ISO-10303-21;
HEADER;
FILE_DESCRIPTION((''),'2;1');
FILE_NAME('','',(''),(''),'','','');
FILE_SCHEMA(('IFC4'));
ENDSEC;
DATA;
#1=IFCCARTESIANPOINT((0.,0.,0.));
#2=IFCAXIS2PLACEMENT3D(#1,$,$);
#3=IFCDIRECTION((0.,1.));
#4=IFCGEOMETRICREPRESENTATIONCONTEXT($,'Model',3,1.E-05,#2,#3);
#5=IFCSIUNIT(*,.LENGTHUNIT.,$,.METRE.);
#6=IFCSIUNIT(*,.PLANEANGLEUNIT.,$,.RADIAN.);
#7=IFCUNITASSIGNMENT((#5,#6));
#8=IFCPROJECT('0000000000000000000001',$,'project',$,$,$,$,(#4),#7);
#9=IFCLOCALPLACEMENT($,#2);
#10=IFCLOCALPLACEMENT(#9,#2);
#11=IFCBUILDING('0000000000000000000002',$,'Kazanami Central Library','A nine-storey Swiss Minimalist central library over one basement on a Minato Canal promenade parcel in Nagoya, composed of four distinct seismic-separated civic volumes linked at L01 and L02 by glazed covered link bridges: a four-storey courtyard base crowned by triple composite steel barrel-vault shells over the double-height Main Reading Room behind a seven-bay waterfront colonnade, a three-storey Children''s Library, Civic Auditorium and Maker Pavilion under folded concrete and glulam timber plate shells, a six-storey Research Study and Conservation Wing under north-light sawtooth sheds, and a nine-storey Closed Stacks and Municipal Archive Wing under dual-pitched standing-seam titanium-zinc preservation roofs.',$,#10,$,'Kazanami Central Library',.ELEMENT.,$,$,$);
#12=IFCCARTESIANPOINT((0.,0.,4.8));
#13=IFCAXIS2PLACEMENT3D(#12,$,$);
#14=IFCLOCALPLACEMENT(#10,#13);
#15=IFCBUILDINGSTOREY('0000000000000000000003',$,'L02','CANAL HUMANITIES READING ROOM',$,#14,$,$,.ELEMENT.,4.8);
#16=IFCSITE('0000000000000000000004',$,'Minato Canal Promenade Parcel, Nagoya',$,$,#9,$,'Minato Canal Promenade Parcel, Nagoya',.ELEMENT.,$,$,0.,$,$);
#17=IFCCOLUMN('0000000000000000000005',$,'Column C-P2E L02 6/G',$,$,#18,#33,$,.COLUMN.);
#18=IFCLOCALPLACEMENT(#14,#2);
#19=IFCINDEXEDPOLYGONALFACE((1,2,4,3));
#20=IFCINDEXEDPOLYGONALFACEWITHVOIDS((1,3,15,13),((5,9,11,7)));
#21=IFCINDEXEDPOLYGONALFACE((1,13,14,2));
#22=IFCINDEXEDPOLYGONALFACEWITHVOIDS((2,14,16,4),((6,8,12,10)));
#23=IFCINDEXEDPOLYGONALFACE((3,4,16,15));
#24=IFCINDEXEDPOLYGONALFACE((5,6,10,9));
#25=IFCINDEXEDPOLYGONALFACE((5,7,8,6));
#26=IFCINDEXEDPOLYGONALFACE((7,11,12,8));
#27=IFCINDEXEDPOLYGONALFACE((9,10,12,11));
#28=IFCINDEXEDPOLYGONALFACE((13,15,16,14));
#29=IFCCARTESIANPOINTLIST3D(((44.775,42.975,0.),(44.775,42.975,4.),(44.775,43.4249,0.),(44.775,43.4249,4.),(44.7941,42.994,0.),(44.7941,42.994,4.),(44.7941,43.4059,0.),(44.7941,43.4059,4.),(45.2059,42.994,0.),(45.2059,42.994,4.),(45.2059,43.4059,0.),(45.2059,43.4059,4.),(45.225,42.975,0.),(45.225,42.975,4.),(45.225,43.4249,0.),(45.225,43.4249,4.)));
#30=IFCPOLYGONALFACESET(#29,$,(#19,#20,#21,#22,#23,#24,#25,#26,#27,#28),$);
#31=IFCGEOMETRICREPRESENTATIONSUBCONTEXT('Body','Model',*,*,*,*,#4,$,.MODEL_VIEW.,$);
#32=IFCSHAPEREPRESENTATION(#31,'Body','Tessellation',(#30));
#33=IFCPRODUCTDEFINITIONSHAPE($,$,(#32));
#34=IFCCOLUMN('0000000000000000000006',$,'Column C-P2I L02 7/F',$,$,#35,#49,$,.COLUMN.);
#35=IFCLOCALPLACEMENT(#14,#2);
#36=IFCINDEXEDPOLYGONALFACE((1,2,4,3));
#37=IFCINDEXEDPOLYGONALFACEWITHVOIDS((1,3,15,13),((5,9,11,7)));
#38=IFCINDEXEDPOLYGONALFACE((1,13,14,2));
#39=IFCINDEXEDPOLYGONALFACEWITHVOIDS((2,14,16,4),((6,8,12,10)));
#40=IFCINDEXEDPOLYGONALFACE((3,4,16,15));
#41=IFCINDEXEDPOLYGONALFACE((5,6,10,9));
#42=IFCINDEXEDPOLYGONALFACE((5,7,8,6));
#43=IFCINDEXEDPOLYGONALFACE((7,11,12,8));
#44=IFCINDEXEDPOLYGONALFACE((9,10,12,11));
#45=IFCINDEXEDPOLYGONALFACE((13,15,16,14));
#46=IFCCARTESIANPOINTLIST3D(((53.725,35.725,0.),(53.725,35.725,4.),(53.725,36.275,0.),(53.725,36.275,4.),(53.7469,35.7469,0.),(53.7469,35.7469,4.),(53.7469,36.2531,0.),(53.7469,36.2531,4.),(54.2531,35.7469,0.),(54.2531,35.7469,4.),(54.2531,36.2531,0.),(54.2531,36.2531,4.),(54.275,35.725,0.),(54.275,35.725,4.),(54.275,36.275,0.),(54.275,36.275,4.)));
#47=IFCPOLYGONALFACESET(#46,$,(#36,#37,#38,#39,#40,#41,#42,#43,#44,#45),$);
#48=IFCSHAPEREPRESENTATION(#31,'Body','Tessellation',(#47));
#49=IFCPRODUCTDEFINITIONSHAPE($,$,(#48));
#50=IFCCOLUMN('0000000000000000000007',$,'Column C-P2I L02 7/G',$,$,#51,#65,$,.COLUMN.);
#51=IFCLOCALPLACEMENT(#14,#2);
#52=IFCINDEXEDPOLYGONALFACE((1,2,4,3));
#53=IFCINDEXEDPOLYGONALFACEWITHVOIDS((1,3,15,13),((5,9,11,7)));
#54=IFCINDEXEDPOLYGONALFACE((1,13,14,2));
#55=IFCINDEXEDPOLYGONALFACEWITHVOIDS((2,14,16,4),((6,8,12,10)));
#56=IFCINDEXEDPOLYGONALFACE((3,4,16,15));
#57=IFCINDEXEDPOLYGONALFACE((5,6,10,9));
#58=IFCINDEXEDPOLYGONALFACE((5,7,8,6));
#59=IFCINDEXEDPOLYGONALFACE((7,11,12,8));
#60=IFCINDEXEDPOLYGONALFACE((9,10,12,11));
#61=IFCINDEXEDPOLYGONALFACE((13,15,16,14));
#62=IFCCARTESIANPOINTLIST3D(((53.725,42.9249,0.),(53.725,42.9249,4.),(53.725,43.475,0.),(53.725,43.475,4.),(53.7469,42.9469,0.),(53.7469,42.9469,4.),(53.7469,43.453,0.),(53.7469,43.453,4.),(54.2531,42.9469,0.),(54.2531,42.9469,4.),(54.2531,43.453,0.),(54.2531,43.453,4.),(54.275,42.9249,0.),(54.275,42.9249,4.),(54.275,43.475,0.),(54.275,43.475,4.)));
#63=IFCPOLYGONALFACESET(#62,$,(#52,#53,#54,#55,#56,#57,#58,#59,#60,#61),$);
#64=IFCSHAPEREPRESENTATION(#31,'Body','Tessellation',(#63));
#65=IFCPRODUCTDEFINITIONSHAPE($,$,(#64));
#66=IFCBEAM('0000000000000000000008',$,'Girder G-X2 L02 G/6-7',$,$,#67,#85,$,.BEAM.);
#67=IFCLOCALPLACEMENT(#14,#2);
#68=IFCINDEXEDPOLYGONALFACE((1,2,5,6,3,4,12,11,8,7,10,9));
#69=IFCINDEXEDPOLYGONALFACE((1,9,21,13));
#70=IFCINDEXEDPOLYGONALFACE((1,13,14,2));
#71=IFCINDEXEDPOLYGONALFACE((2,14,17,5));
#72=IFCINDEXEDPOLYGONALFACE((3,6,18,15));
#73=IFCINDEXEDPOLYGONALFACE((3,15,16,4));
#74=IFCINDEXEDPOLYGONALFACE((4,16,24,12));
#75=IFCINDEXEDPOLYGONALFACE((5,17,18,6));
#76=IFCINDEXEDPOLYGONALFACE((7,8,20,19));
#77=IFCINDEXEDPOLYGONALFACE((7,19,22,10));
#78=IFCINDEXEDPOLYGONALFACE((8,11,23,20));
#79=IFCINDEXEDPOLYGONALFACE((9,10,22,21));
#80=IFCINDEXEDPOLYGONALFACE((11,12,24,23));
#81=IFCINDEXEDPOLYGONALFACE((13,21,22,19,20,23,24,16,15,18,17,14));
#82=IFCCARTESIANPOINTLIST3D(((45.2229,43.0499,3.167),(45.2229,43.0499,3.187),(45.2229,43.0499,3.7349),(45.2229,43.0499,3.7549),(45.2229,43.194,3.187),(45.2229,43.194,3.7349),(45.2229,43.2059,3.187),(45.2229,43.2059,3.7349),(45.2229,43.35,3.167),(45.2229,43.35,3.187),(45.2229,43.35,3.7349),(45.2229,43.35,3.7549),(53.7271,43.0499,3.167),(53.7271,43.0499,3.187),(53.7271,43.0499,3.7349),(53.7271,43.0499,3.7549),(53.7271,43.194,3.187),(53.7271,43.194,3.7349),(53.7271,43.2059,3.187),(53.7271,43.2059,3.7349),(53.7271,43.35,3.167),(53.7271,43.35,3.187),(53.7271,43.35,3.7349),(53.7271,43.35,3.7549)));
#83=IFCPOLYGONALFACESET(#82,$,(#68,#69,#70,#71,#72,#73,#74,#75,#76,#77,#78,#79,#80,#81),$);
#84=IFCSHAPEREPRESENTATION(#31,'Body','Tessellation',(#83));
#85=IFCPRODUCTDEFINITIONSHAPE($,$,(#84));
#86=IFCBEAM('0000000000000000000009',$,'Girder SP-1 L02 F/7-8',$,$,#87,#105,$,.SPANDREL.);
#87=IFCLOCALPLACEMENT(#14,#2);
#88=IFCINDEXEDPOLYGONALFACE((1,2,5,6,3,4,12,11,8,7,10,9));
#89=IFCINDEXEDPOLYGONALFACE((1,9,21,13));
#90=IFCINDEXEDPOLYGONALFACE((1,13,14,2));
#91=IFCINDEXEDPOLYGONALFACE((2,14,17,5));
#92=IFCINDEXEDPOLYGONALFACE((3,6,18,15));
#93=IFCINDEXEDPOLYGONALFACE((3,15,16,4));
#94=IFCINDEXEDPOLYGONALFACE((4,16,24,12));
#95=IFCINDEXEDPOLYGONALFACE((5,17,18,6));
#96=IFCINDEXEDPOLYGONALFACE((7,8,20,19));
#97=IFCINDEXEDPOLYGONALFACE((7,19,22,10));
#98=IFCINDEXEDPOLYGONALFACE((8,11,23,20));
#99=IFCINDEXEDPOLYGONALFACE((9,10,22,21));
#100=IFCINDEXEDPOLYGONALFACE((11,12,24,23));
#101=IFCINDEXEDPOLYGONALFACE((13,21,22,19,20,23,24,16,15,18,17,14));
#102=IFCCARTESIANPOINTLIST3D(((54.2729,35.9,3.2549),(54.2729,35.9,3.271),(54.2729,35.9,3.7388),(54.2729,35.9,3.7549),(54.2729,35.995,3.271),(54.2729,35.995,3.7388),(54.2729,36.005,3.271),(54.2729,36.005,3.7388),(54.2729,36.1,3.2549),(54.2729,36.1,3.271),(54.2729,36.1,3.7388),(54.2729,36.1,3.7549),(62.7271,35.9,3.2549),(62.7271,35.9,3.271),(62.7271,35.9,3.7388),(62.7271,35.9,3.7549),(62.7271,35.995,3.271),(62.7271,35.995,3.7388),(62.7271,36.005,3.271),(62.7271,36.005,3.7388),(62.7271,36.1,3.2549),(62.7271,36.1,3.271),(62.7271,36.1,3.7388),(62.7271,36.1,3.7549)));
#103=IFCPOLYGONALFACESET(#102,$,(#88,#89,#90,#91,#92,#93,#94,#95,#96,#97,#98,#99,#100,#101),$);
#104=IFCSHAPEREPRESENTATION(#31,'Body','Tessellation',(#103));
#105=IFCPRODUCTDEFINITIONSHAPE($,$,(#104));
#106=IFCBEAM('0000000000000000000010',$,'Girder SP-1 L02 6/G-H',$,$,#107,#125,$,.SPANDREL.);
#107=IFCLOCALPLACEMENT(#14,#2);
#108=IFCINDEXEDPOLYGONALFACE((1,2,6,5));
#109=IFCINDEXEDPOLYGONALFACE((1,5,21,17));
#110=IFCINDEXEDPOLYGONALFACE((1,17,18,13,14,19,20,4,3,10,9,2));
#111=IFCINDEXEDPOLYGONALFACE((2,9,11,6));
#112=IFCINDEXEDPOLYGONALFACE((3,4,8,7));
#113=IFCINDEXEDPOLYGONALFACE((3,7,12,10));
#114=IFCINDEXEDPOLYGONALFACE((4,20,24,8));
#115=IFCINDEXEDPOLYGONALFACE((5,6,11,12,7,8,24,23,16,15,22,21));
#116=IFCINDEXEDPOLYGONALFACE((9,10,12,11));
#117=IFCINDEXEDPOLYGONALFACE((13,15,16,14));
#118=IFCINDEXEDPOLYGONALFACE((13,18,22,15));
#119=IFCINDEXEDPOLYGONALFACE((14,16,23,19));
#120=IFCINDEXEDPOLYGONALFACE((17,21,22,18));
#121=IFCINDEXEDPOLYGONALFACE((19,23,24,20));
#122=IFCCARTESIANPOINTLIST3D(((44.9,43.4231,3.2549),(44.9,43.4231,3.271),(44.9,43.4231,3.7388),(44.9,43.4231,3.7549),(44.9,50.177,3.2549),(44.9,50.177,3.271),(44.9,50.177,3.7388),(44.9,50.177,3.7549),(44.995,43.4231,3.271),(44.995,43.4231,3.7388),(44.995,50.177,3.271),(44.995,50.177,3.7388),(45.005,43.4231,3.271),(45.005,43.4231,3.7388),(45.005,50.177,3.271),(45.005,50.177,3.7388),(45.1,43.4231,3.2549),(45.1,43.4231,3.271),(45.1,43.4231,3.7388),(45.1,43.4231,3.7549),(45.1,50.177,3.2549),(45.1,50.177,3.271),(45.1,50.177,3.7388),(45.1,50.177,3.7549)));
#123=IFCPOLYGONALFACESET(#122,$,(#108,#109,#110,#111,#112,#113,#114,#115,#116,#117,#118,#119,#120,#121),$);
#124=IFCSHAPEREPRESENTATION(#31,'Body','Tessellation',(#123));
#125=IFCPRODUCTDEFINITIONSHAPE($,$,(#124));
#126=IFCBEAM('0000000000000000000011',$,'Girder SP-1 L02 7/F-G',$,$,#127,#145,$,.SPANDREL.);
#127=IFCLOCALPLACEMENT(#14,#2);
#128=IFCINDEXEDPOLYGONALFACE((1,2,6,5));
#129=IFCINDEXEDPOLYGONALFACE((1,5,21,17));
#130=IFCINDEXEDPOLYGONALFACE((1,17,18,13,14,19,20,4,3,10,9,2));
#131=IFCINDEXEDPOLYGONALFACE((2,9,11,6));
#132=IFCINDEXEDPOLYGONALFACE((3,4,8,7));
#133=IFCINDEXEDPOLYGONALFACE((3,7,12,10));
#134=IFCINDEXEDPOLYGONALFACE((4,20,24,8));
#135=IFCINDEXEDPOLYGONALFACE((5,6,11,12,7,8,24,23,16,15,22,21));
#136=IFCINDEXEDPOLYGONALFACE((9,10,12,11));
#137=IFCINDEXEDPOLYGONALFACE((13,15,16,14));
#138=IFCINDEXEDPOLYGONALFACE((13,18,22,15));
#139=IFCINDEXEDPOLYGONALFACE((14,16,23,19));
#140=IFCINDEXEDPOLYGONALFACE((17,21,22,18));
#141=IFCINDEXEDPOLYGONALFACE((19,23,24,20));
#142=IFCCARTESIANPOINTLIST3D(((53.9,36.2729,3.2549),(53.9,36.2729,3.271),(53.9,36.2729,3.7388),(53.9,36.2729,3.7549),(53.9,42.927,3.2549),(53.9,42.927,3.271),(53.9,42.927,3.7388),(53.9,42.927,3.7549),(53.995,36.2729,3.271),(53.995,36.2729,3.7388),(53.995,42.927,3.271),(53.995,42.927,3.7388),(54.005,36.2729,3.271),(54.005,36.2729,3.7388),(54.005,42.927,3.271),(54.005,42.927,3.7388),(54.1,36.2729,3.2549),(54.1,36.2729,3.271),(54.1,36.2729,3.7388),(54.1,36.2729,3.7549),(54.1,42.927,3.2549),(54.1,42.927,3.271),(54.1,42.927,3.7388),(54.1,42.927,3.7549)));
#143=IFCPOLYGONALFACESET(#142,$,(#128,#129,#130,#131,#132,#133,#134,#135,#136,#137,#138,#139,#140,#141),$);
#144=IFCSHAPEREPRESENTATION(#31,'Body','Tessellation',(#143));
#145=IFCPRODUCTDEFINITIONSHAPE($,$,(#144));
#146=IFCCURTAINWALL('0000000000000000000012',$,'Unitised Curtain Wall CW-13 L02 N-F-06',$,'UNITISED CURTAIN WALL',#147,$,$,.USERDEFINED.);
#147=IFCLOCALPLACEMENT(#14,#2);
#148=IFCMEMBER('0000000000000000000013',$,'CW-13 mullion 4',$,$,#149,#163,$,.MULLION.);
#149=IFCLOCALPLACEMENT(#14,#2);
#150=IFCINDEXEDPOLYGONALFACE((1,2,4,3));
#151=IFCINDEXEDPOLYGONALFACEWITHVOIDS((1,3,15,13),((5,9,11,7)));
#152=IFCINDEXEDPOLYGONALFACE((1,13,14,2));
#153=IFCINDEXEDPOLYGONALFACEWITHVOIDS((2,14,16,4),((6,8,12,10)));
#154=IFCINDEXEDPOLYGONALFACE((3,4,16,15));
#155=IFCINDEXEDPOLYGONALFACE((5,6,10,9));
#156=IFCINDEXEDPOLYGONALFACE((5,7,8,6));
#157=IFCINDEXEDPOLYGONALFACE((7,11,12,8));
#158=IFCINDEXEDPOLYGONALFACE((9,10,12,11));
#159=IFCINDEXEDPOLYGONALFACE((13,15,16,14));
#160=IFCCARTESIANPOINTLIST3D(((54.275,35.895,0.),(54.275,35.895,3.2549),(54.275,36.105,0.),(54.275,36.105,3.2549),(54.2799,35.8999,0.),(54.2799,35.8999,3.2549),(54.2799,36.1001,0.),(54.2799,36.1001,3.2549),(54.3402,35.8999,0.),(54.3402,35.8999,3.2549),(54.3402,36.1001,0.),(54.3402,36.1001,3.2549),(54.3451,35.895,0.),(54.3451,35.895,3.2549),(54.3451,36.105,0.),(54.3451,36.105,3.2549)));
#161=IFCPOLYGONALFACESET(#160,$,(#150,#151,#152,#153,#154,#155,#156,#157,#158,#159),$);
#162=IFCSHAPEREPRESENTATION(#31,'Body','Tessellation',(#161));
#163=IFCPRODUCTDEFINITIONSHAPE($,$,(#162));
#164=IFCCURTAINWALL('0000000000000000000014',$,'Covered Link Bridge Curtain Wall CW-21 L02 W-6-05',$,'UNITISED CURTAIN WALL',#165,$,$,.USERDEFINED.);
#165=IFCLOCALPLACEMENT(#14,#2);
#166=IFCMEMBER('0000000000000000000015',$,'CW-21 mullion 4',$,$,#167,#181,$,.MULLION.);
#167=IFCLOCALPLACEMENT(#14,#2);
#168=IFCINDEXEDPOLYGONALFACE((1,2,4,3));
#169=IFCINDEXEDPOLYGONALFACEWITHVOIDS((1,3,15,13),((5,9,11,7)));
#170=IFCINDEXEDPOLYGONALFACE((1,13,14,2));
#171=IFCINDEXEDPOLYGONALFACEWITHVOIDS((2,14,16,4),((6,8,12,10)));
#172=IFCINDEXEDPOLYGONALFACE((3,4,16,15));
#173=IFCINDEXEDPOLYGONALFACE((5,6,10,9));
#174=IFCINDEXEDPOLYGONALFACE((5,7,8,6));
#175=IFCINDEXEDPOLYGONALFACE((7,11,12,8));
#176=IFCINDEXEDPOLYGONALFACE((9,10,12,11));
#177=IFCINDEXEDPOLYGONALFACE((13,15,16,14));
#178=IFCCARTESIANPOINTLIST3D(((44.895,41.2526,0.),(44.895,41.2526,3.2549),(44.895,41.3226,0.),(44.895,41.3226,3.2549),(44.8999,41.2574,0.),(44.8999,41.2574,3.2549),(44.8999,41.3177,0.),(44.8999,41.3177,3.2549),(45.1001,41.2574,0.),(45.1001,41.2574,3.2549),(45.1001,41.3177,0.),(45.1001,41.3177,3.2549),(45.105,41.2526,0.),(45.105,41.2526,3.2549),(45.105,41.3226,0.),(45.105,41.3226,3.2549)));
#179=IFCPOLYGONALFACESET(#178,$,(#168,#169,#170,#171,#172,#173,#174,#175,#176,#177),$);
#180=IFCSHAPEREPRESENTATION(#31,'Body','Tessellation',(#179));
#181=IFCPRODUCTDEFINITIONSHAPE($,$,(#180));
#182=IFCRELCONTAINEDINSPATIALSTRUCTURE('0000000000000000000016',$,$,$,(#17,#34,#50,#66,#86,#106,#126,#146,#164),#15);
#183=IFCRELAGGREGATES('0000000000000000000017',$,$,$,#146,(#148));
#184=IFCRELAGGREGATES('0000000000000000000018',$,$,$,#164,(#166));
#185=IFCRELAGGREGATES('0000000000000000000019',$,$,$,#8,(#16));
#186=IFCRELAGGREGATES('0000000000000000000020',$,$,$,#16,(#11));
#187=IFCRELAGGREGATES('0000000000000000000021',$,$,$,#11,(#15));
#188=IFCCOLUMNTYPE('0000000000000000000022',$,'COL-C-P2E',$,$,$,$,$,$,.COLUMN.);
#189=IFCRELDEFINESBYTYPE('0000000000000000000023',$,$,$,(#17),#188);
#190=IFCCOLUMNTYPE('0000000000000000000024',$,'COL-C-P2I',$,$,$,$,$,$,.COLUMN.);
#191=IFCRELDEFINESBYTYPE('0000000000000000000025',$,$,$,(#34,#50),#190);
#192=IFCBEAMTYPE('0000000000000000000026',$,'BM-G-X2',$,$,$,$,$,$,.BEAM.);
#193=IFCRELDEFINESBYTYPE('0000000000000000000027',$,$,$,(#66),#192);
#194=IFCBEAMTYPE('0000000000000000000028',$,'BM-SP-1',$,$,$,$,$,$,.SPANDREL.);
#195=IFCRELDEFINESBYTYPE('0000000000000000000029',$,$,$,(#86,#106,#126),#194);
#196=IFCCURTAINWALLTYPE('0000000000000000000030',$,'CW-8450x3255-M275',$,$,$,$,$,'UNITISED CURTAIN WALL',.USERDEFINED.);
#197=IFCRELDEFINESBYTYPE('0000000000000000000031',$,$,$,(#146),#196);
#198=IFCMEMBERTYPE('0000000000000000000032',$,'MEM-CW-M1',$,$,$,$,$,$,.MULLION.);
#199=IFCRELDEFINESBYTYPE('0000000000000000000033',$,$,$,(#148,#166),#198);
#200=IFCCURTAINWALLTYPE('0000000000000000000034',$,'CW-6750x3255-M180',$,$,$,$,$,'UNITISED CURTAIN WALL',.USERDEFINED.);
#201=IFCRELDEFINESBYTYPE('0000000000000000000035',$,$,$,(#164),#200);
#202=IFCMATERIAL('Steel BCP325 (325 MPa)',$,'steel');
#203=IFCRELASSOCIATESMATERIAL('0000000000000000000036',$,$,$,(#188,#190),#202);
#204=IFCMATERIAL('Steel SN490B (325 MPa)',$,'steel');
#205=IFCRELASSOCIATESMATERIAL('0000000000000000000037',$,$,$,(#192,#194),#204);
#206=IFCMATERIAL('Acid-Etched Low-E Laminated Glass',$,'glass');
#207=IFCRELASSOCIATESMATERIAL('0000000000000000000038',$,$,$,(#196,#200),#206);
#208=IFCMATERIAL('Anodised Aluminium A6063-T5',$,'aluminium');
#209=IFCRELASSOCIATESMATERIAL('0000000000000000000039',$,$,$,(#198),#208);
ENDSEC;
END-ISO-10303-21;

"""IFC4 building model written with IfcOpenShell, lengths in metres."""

from ifc_helpers import new_model, si_unit, direction, frame, origin, origin_2d, place, context, subcontext, project, spatial, hollow_rectangle, i_section, extrude, material, material_profile, profile_set, type_object, element, aggregate, save


model = new_model("IFC4")

# Units and contexts
model_context = context("Model", 3, precision=1e-05, world=origin(), true_north=direction((0.0, 1.0)))
body_context = subcontext(model_context, "Body", "Model", "MODEL_VIEW")
ifc_project = project(units=[si_unit("LENGTHUNIT", "METRE"), si_unit("PLANEANGLEUNIT", "RADIAN")], contexts=[model_context])

# Site, building, storey
site_placement = place(None, origin())
site = spatial("IfcSite", under=ifc_project, at=site_placement, Name="Minato Canal Promenade Parcel, Nagoya", LongName="Minato Canal Promenade Parcel, Nagoya", CompositionType="ELEMENT", RefElevation=0.0)
building_placement = place(site_placement, origin())
building = spatial("IfcBuilding", under=site, at=building_placement, Name="Kazanami Central Library", Description="A nine-storey Swiss Minimalist central library over one basement on a Minato Canal promenade parcel in Nagoya, composed of four distinct seismic-separated civic volumes linked at L01 and L02 by glazed covered link bridges: a four-storey courtyard base crowned by triple composite steel barrel-vault shells over the double-height Main Reading Room behind a seven-bay waterfront colonnade, a three-storey Children's Library, Civic Auditorium and Maker Pavilion under folded concrete and glulam timber plate shells, a six-storey Research Study and Conservation Wing under north-light sawtooth sheds, and a nine-storey Closed Stacks and Municipal Archive Wing under dual-pitched standing-seam titanium-zinc preservation roofs.", LongName="Kazanami Central Library", CompositionType="ELEMENT")
storey_placement = place(building_placement, frame((0.0, 0.0, 4.8)))
storey = spatial("IfcBuildingStorey", under=building, at=storey_placement, Name="L02", Description="CANAL HUMANITIES READING ROOM", CompositionType="ELEMENT", Elevation=4.8)

# Columns
ifc_material_1 = material(Name="Steel BCP325 (325 MPa)", Category="steel")
ifc_material_profile_1 = material_profile(ifc_material_1, hollow_rectangle(XDim=0.45, YDim=0.45, WallThickness=0.019, at=origin_2d()), Name="BCP-450x450x19")
ifc_profile_set_1 = profile_set([ifc_material_profile_1], Name="Steel BCP325 (325 MPa)")
column_type_1 = type_object("IfcColumnType", Name="COL-C-P2E", PredefinedType="COLUMN", material=ifc_profile_set_1)
column_placement = place(storey_placement, frame((45.0, 43.2, 0.0), z_axis=(0.0, 0.0, 1.0), x_axis=(1.0, 0.0, 0.0)))
element("IfcColumn", 1, at=column_placement, inside=storey, type_object=column_type_1, Name="Column C-P2E L02 6/G", PredefinedType="COLUMN", context=body_context, shape_type="SweptSolid", body=[
    extrude(hollow_rectangle(XDim=0.45, YDim=0.45, WallThickness=0.019, at=origin_2d()), origin(), (0.0, 0.0, 1.0), 4.0),
])
ifc_material_profile_2 = material_profile(ifc_material_1, hollow_rectangle(XDim=0.55, YDim=0.55, WallThickness=0.022, at=origin_2d()), Name="BCP-550x550x22")
ifc_profile_set_2 = profile_set([ifc_material_profile_2], Name="Steel BCP325 (325 MPa)")
column_type_2 = type_object("IfcColumnType", Name="COL-C-P2I", PredefinedType="COLUMN", material=ifc_profile_set_2)
for number, where, z_axis, x_axis, name in (
    (2, (54.0, 36.0, 0.0), (0.0, 0.0, 1.0), (1.0, 0.0, 0.0), "Column C-P2I L02 7/F"),
    (3, (54.0, 43.2, 0.0), (0.0, 0.0, 1.0), (1.0, 0.0, 0.0), "Column C-P2I L02 7/G"),
):
    element("IfcColumn", number, at=place(storey_placement, frame(where, z_axis=z_axis, x_axis=x_axis)), inside=storey, type_object=column_type_2, Name=name, PredefinedType="COLUMN", context=body_context, shape_type="SweptSolid", body=[
        extrude(hollow_rectangle(XDim=0.55, YDim=0.55, WallThickness=0.022, at=origin_2d()), origin(), (0.0, 0.0, 1.0), 4.0),
    ])

# Beams
ifc_material_2 = material(Name="Steel SN490B (325 MPa)", Category="steel")
ifc_material_profile_3 = material_profile(ifc_material_2, i_section(OverallWidth=0.3, OverallDepth=0.5879, WebThickness=0.012, FlangeThickness=0.02, at=origin_2d()), Name="H-588x300x12x20")
ifc_profile_set_3 = profile_set([ifc_material_profile_3], Name="Steel SN490B (325 MPa)")
beam_type_1 = type_object("IfcBeamType", Name="BM-G-X2", PredefinedType="BEAM", material=ifc_profile_set_3)
beam_1_placement = place(storey_placement, frame((45.2229, 43.2, 3.4609), z_axis=(1.0, 0.0, 0.0), x_axis=(0.0, 1.0, 0.0)))
element("IfcBeam", 4, at=beam_1_placement, inside=storey, type_object=beam_type_1, Name="Girder G-X2 L02 G/6-7", PredefinedType="BEAM", context=body_context, shape_type="SweptSolid", body=[
    extrude(i_section(OverallWidth=0.3, OverallDepth=0.5879, WebThickness=0.012, FlangeThickness=0.02, at=origin_2d()), origin(), (0.0, 0.0, 1.0), 8.5042),
])
ifc_material_profile_4 = material_profile(ifc_material_2, i_section(OverallWidth=0.2, OverallDepth=0.5, WebThickness=0.01, FlangeThickness=0.0161, at=origin_2d()), Name="H-500x200x10x16")
ifc_profile_set_4 = profile_set([ifc_material_profile_4], Name="Steel SN490B (325 MPa)")
beam_type_2 = type_object("IfcBeamType", Name="BM-SP-1", PredefinedType="SPANDREL", material=ifc_profile_set_4)
beam_2_placement = place(storey_placement, frame((54.2729, 36.0, 3.5049), z_axis=(1.0, 0.0, 0.0), x_axis=(0.0, 1.0, 0.0)))
element("IfcBeam", 5, at=beam_2_placement, inside=storey, type_object=beam_type_2, Name="Girder SP-1 L02 F/7-8", PredefinedType="SPANDREL", context=body_context, shape_type="SweptSolid", body=[
    extrude(i_section(OverallWidth=0.2, OverallDepth=0.5, WebThickness=0.01, FlangeThickness=0.0161, at=origin_2d()), origin(), (0.0, 0.0, 1.0), 8.4541),
])
beam_3_placement = place(storey_placement, frame((45.0, 43.4231, 3.5049), z_axis=(0.0, 1.0, 0.0), x_axis=(-1.0, 0.0, 0.0)))
element("IfcBeam", 6, at=beam_3_placement, inside=storey, type_object=beam_type_2, Name="Girder SP-1 L02 6/G-H", PredefinedType="SPANDREL", context=body_context, shape_type="SweptSolid", body=[
    extrude(i_section(OverallWidth=0.2, OverallDepth=0.5, WebThickness=0.01, FlangeThickness=0.0161, at=origin_2d()), origin(), (0.0, 0.0, 1.0), 6.7539),
])
beam_4_placement = place(storey_placement, frame((54.0, 36.2729, 3.5049), z_axis=(0.0, 1.0, 0.0), x_axis=(-1.0, 0.0, 0.0)))
element("IfcBeam", 7, at=beam_4_placement, inside=storey, type_object=beam_type_2, Name="Girder SP-1 L02 7/F-G", PredefinedType="SPANDREL", context=body_context, shape_type="SweptSolid", body=[
    extrude(i_section(OverallWidth=0.2, OverallDepth=0.5, WebThickness=0.01, FlangeThickness=0.0161, at=origin_2d()), origin(), (0.0, 0.0, 1.0), 6.6541),
])

# Curtain wall, member
ifc_material_3 = material(Name="Acid-Etched Low-E Laminated Glass", Category="glass")
curtain_wall_type_1 = type_object("IfcCurtainWallType", Name="CW-8450x3255-M275", ElementType="UNITISED CURTAIN WALL", PredefinedType="USERDEFINED", material=ifc_material_3)
curtain_wall_1_placement = place(storey_placement, origin())
curtain_wall_1 = element("IfcCurtainWall", 8, at=curtain_wall_1_placement, inside=storey, type_object=curtain_wall_type_1, Name="Unitised Curtain Wall CW-13 L02 N-F-06", ObjectType="UNITISED CURTAIN WALL", PredefinedType="USERDEFINED")
ifc_material_4 = material(Name="Anodised Aluminium A6063-T5", Category="aluminium")
ifc_material_profile_5 = material_profile(ifc_material_4, hollow_rectangle(XDim=0.0701, YDim=0.21, WallThickness=0.0049, at=origin_2d()), Name="ALU-MULL-70x210x5")
ifc_profile_set_5 = profile_set([ifc_material_profile_5], Name="Anodised Aluminium A6063-T5")
member_type_1 = type_object("IfcMemberType", Name="MEM-CW-M1", PredefinedType="MULLION", material=ifc_profile_set_5)
member_1_placement = place(storey_placement, frame((54.3101, 36.0, 0.0), z_axis=(0.0, 0.0, 1.0), x_axis=(-1.0, 0.0, 0.0)))
member_1 = element("IfcMember", 9, at=member_1_placement, type_object=member_type_1, Name="CW-13 mullion 4", PredefinedType="MULLION", context=body_context, shape_type="SweptSolid", body=[
    extrude(hollow_rectangle(XDim=0.0701, YDim=0.21, WallThickness=0.0049, at=origin_2d()), origin(), (0.0, 0.0, 1.0), 3.2549),
])
aggregate(curtain_wall_1, [member_1])

# Curtain wall, member
curtain_wall_type_2 = type_object("IfcCurtainWallType", Name="CW-6750x3255-M180", ElementType="UNITISED CURTAIN WALL", PredefinedType="USERDEFINED", material=ifc_material_3)
curtain_wall_2_placement = place(storey_placement, origin())
curtain_wall_2 = element("IfcCurtainWall", 10, at=curtain_wall_2_placement, inside=storey, type_object=curtain_wall_type_2, Name="Covered Link Bridge Curtain Wall CW-21 L02 W-6-05", ObjectType="UNITISED CURTAIN WALL", PredefinedType="USERDEFINED")
member_2_placement = place(storey_placement, frame((45.0, 41.2876, 0.0), z_axis=(0.0, 0.0, 1.0), x_axis=(0.0, 1.0, 0.0)))
member_2 = element("IfcMember", 11, at=member_2_placement, type_object=member_type_1, Name="CW-21 mullion 4", PredefinedType="MULLION", context=body_context, shape_type="SweptSolid", body=[
    extrude(hollow_rectangle(XDim=0.0701, YDim=0.21, WallThickness=0.0049, at=origin_2d()), origin(), (0.0, 0.0, 1.0), 3.2549),
])
aggregate(curtain_wall_2, [member_2])

save(model, "model.ifc")
